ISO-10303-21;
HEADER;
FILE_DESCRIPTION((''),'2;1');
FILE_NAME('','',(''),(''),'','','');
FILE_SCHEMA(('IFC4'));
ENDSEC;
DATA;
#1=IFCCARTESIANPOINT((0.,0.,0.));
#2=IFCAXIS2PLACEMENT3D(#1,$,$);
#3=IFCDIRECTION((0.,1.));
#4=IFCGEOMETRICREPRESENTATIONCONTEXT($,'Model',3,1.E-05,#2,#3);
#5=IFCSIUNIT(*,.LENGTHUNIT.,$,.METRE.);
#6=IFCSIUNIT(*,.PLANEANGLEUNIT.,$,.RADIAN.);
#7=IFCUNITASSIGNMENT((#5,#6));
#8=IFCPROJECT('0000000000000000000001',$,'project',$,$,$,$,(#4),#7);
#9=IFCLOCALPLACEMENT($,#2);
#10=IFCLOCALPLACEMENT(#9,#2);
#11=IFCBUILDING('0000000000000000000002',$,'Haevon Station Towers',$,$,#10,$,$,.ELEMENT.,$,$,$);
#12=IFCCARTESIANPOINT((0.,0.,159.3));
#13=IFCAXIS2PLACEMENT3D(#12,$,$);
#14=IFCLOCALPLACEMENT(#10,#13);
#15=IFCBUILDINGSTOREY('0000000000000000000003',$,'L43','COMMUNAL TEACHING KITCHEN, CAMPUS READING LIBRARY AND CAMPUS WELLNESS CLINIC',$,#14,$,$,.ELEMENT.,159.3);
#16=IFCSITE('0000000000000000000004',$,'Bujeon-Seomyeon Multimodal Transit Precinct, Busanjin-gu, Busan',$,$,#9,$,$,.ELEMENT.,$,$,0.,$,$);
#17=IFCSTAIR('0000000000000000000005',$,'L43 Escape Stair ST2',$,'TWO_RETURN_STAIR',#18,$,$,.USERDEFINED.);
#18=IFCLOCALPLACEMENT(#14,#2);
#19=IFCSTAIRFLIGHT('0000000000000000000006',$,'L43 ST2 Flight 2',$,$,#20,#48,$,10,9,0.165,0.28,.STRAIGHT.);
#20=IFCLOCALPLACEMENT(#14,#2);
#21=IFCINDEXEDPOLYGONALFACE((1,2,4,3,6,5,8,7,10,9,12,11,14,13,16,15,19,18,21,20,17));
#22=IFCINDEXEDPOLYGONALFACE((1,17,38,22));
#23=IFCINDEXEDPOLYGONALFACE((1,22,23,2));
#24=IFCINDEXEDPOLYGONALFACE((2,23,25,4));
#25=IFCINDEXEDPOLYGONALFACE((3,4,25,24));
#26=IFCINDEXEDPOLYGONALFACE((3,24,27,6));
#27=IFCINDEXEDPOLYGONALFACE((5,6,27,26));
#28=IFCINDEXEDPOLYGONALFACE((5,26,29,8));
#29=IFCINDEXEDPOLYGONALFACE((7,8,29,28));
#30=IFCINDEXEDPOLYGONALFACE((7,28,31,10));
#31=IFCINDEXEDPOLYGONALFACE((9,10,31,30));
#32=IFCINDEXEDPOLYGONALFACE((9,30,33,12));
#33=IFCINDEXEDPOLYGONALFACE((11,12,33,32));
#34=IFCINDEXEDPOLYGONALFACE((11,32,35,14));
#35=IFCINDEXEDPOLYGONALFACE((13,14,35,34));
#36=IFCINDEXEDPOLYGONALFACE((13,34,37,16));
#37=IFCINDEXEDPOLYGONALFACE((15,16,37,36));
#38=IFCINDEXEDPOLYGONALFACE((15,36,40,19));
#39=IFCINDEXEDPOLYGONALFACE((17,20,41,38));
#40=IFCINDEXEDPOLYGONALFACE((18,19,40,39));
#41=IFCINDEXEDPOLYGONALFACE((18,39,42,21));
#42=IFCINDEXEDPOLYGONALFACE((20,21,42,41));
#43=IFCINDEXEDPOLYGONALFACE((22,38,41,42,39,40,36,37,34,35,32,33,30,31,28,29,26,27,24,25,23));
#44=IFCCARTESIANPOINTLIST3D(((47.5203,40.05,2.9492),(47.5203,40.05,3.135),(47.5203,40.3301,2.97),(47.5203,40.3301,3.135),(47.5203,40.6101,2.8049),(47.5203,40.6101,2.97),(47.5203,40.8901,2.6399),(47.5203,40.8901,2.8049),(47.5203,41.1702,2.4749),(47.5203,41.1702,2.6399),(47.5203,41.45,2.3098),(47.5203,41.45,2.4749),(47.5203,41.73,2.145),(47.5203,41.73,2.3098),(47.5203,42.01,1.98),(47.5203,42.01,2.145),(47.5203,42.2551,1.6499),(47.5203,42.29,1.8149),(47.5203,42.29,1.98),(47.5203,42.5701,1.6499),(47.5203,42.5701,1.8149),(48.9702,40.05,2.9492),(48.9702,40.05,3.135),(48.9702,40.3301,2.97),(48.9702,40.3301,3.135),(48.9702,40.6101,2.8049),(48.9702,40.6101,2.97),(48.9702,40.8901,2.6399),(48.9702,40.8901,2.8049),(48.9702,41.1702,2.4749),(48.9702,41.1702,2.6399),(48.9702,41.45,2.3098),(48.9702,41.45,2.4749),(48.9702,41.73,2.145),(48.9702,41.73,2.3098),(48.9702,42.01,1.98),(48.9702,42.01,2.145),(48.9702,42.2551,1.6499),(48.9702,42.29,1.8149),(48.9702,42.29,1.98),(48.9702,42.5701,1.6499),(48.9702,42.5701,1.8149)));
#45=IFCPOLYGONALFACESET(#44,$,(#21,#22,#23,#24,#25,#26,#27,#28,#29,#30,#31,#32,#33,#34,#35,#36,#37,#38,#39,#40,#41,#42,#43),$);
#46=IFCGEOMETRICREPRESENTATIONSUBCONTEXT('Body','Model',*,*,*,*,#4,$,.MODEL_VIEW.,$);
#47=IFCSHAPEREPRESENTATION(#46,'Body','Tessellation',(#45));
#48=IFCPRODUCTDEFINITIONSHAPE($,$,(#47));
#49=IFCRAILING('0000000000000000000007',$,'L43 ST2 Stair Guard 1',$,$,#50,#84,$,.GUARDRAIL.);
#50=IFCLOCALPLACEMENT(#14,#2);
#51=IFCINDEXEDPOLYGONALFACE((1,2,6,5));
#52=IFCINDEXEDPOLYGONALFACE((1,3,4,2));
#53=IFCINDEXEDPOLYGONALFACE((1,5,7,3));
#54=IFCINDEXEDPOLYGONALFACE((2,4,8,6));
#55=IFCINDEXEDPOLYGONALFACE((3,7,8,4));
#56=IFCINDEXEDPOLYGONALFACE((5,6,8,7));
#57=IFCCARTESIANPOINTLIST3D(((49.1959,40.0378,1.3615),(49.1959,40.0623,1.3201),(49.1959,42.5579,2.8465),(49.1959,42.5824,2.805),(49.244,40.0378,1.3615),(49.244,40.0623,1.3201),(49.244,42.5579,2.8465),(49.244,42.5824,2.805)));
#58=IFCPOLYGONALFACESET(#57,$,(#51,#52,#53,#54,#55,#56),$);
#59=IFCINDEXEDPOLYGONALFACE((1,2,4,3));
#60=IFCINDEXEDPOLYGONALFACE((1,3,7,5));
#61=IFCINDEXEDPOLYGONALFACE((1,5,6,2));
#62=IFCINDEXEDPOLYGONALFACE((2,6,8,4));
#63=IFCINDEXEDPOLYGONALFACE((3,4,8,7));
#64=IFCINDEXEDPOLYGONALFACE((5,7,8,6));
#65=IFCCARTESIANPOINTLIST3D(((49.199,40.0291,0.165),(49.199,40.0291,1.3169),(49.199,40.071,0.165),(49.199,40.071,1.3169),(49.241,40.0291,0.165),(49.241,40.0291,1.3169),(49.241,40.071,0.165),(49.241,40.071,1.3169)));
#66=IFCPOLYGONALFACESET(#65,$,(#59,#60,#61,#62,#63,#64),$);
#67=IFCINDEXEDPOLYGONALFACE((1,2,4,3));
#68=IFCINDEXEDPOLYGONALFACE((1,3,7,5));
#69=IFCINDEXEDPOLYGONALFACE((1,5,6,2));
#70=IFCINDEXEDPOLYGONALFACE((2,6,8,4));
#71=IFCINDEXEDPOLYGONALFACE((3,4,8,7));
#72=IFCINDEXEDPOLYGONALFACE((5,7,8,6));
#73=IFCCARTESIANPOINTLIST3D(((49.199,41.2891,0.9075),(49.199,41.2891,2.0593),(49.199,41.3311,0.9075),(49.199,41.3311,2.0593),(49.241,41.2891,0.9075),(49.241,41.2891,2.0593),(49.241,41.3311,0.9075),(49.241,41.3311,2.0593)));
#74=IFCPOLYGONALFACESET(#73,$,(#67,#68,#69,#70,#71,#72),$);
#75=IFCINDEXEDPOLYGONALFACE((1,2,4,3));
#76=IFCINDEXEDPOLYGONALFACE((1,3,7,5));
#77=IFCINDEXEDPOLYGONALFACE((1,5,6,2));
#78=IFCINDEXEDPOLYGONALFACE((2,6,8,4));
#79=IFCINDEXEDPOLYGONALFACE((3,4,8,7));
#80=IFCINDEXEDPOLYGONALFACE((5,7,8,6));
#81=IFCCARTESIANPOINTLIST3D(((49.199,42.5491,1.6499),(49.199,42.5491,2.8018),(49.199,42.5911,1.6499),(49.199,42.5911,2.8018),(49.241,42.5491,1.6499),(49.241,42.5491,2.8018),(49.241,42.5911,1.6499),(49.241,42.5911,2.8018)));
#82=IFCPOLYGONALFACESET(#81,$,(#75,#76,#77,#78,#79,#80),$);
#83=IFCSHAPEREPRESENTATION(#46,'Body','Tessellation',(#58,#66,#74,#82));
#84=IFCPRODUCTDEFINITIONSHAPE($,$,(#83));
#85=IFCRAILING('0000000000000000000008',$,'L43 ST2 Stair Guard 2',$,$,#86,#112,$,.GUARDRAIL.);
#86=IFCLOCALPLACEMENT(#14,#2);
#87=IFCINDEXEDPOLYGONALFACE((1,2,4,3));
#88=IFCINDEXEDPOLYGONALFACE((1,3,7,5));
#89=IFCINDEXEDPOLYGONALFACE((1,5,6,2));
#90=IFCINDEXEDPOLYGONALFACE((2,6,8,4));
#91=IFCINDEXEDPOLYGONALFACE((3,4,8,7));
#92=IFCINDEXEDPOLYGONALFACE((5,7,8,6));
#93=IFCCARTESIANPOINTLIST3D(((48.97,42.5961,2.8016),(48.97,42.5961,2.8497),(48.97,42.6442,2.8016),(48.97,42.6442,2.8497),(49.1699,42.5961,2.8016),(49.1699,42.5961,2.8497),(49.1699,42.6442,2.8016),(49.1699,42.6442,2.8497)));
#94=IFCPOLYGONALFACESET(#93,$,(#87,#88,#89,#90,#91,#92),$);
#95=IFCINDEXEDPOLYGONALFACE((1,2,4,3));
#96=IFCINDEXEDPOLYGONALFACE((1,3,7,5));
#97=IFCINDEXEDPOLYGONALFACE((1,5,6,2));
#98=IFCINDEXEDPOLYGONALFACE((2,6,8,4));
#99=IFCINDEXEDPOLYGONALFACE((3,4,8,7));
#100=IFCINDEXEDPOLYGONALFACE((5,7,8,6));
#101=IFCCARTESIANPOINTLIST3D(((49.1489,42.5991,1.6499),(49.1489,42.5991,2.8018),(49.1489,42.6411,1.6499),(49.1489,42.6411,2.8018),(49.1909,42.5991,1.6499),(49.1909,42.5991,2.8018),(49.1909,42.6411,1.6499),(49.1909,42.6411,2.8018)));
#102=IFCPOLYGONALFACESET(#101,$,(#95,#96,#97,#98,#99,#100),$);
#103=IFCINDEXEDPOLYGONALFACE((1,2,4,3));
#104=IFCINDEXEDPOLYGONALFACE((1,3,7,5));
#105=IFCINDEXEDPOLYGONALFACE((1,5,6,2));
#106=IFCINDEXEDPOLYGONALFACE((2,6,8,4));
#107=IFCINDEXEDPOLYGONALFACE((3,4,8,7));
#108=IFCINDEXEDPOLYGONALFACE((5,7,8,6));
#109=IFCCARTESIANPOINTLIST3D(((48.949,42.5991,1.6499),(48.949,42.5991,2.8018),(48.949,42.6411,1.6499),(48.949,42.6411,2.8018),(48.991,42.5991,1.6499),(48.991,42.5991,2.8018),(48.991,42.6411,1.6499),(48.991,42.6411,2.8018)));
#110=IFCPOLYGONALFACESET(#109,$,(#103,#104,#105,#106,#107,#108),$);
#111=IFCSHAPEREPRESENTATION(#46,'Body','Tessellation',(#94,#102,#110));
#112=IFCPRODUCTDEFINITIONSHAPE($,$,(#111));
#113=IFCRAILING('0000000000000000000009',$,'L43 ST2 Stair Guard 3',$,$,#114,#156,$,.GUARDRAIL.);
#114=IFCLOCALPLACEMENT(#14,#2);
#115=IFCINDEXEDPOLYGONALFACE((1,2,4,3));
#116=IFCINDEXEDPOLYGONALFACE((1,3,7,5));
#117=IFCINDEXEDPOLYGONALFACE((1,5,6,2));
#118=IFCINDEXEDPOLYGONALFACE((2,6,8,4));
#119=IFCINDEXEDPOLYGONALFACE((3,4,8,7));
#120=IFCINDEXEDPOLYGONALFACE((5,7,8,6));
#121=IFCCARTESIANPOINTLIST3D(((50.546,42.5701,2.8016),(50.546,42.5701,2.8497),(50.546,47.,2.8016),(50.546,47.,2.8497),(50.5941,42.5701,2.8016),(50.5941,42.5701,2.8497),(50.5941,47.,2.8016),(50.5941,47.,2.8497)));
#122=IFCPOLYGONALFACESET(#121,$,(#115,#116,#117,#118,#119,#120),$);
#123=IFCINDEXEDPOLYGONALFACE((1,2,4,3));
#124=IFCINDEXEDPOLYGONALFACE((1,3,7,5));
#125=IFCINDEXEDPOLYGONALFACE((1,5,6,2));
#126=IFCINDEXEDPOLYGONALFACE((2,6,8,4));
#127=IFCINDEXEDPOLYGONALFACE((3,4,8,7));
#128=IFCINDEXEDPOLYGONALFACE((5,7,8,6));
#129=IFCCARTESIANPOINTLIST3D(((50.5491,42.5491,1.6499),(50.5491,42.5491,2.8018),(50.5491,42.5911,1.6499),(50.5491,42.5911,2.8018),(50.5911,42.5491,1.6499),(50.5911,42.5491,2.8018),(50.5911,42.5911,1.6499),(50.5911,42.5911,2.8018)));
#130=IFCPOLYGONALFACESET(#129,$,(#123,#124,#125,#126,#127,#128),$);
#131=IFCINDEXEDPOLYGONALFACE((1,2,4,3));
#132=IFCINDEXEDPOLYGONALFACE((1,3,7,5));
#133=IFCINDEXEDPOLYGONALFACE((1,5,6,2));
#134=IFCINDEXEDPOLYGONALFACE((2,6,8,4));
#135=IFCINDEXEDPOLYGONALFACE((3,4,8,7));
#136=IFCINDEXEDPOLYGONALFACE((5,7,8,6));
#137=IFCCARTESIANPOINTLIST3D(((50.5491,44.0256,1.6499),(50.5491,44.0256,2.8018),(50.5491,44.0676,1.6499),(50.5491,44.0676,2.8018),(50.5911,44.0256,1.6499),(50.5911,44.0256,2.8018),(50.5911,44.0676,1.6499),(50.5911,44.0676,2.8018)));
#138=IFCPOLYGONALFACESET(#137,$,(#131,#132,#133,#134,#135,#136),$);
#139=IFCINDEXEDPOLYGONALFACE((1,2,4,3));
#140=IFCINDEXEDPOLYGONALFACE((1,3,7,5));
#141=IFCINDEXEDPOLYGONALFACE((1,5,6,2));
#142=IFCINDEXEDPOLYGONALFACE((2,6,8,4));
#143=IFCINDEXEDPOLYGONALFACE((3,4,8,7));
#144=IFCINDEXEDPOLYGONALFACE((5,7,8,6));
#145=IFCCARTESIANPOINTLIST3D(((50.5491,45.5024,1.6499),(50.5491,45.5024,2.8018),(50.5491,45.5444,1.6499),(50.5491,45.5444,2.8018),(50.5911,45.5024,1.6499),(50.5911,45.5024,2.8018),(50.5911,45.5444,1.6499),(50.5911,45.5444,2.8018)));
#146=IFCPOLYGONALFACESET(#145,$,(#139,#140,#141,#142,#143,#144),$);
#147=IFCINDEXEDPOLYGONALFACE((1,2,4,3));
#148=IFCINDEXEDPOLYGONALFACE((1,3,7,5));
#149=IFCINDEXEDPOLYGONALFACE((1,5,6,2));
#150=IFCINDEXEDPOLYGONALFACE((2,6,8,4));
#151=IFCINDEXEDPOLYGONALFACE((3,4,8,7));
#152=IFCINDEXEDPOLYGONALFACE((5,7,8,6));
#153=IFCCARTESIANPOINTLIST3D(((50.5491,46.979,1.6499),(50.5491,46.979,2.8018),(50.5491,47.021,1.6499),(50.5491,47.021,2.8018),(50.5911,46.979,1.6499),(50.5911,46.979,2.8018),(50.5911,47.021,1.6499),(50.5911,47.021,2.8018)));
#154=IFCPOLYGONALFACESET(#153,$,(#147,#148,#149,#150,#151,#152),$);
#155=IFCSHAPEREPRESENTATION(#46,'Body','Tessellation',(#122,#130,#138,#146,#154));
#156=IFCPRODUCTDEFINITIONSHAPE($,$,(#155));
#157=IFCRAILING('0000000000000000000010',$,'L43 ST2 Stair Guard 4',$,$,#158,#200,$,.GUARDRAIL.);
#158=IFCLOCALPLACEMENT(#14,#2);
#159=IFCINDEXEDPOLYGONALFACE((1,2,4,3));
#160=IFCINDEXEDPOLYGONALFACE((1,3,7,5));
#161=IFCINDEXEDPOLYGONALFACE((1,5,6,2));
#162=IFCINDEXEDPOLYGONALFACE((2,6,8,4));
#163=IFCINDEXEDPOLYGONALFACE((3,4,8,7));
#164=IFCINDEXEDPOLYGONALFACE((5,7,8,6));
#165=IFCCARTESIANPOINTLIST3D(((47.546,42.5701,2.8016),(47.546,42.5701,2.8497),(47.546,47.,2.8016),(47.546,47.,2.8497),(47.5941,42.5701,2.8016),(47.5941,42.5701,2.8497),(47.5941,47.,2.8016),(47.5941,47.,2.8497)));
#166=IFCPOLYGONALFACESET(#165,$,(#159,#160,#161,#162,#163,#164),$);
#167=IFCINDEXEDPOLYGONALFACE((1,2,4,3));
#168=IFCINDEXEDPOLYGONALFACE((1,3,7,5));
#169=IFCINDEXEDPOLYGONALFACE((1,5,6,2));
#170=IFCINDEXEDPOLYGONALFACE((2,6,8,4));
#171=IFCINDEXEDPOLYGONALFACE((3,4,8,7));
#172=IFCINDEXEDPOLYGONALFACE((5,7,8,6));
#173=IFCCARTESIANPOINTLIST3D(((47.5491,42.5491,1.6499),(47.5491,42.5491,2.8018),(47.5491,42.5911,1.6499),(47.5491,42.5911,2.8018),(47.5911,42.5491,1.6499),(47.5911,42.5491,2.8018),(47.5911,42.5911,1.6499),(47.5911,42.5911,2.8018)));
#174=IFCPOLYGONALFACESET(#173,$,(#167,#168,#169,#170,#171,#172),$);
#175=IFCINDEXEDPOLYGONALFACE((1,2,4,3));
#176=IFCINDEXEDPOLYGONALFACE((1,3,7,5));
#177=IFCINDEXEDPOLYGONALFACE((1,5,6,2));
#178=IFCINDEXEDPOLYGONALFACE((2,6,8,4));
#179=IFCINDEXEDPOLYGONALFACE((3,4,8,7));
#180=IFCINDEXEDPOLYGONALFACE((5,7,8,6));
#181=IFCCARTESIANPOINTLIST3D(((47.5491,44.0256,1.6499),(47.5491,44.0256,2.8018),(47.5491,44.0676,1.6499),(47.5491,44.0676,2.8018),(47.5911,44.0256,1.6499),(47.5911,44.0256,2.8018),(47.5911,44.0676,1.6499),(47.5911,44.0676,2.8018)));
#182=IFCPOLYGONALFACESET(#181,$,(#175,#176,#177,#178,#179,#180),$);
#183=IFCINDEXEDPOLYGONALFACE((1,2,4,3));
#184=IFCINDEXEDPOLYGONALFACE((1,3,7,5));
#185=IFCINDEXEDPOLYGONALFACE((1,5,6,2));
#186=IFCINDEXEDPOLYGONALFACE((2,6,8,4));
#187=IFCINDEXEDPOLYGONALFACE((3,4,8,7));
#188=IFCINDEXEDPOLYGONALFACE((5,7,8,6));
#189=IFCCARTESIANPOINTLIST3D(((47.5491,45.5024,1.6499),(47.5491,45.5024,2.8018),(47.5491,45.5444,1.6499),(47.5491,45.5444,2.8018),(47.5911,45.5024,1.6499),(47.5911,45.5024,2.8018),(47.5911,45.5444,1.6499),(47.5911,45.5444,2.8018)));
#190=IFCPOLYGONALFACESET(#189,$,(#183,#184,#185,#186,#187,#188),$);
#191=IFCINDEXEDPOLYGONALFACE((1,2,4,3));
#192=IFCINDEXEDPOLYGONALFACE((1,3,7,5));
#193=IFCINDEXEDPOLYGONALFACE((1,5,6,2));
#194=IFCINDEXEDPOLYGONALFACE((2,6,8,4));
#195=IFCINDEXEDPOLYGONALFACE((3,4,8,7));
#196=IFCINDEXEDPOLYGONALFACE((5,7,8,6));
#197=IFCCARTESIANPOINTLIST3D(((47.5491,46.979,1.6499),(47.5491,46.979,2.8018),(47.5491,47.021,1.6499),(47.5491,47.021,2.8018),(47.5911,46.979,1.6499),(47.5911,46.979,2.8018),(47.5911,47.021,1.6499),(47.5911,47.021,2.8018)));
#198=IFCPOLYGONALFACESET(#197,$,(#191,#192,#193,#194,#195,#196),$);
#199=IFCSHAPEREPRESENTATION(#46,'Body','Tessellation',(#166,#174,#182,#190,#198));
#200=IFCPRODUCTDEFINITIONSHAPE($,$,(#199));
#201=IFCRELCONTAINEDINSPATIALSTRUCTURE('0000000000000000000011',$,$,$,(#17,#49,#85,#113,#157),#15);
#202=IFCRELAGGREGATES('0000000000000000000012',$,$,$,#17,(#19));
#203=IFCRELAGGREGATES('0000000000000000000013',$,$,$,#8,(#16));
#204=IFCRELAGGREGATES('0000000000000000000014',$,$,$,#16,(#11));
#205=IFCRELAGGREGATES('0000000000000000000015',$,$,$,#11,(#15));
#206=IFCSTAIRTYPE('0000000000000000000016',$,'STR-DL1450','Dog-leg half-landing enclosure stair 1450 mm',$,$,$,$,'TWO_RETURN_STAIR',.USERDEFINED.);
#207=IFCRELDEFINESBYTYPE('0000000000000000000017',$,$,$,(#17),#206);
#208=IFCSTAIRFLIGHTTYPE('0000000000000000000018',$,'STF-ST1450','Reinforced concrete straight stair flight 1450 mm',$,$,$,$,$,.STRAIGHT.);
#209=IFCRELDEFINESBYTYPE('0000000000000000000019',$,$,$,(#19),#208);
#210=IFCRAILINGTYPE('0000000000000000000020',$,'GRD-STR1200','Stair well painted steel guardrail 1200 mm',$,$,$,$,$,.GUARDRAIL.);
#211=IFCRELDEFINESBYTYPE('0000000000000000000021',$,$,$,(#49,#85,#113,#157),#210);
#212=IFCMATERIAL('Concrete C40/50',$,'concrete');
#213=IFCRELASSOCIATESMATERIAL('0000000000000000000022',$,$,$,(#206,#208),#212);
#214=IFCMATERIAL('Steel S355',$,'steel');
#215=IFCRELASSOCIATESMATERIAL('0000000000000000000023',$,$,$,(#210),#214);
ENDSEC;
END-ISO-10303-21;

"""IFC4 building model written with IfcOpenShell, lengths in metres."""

from ifc_helpers import new_model, si_unit, direction, frame, origin, origin_2d, place, context, subcontext, project, spatial, polyline, rectangle, outline, extrude, material, type_object, element, aggregate, save


model = new_model("IFC4")

# Units and contexts
model_context = context("Model", 3, precision=1e-05, world=origin(), true_north=direction((0.0, 1.0)))
body_context = subcontext(model_context, "Body", "Model", "MODEL_VIEW")
ifc_project = project(units=[si_unit("LENGTHUNIT", "METRE"), si_unit("PLANEANGLEUNIT", "RADIAN")], contexts=[model_context])

# Site, building, storey
site_placement = place(None, origin())
site = spatial("IfcSite", under=ifc_project, at=site_placement, Name="Bujeon-Seomyeon Multimodal Transit Precinct, Busanjin-gu, Busan", CompositionType="ELEMENT", RefElevation=0.0)
building_placement = place(site_placement, origin())
building = spatial("IfcBuilding", under=site, at=building_placement, Name="Haevon Station Towers", CompositionType="ELEMENT")
storey_placement = place(building_placement, frame((0.0, 0.0, 159.3)))
storey = spatial("IfcBuildingStorey", under=building, at=storey_placement, Name="L43", Description="COMMUNAL TEACHING KITCHEN, CAMPUS READING LIBRARY AND CAMPUS WELLNESS CLINIC", CompositionType="ELEMENT", Elevation=159.3)

# Shared definitions
ifc_material_1 = material(Name="Steel S355", Category="steel")

# Shared definitions
ifc_material_2 = material(Name="Concrete C40/50", Category="concrete")

# Stair, stair flight
stair_type = type_object("IfcStairType", Name="STR-DL1450", Description="Dog-leg half-landing enclosure stair 1450 mm", ElementType="TWO_RETURN_STAIR", PredefinedType="USERDEFINED", material=ifc_material_2)
stair_placement = place(storey_placement, origin())
stair = element("IfcStair", 1, at=stair_placement, inside=storey, type_object=stair_type, Name="L43 Escape Stair ST2", ObjectType="TWO_RETURN_STAIR", PredefinedType="USERDEFINED")
stair_flight_type = type_object("IfcStairFlightType", Name="STF-ST1450", Description="Reinforced concrete straight stair flight 1450 mm", PredefinedType="STRAIGHT", material=ifc_material_2)
stair_flight_1_placement = place(storey_placement, frame((48.2451, 42.5701, 1.6499), z_axis=(0.0, 0.0, 1.0), x_axis=(0.0, -1.0, 0.0)))
stair_flight_1 = element("IfcStairFlight", 2, at=stair_flight_1_placement, type_object=stair_flight_type, Name="L43 ST2 Flight 2", NumberOfRisers=10, NumberOfTreads=9, PredefinedType="STRAIGHT", RiserHeight=0.165, TreadLength=0.28, context=body_context, shape_type="SweptSolid", body=[
    extrude(outline(polyline([(0.0, 0.0), (0.0, 0.165), (0.28, 0.165), (0.28, 0.3301), (0.5601, 0.3301), (0.5601, 0.4951), (0.8401, 0.4951), (0.8401, 0.6599), (1.1201, 0.6599), (1.1201, 0.825), (1.3999, 0.825), (1.3999, 0.99), (1.6799, 0.99), (1.6799, 1.155), (1.96, 1.155), (1.96, 1.3201), (2.24, 1.3201), (2.24, 1.4851), (2.52, 1.4851), (2.52, 1.6499), (2.52, 1.2993), (0.3149, 0.0), (0.0, 0.0)])), frame((0.0, 0.7251, 0.0), z_axis=(0.0, -1.0, 0.0), x_axis=(1.0, 0.0, 0.0)), (0.0, 0.0, 1.0), 1.45),
])
aggregate(stair, [stair_flight_1])

# Railings
railing_type_1 = type_object("IfcRailingType", Name="GRD-STR1200", Description="Stair well painted steel guardrail 1200 mm", PredefinedType="GUARDRAIL", material=ifc_material_1)
railing_1_placement = place(storey_placement, frame((49.22, 40.05, 0.165)))
element("IfcRailing", 3, at=railing_1_placement, inside=storey, type_object=railing_type_1, Name="L43 ST2 Stair Guard 1", PredefinedType="GUARDRAIL", context=body_context, shape_type="SweptSolid", body=[
    extrude(rectangle(XDim=0.0481, YDim=0.0481, at=origin_2d()), frame((0.0, 0.0, 1.1758), z_axis=(0.0, 0.861561, 0.507655), x_axis=(-1.0, 0.0, 0.0)), (0.0, 0.0, 1.0), 2.925),
    extrude(rectangle(XDim=0.042, YDim=0.042, at=origin_2d()), origin(), (0.0, 0.0, 1.0), 1.1519),
    extrude(rectangle(XDim=0.042, YDim=0.042, at=origin_2d()), frame((0.0, 1.26, 0.7424)), (0.0, 0.0, 1.0), 1.1519),
    extrude(rectangle(XDim=0.042, YDim=0.042, at=origin_2d()), frame((0.0, 2.52, 1.4849)), (0.0, 0.0, 1.0), 1.1519),
])
railing_2_placement = place(storey_placement, frame((49.1699, 42.6201, 1.6499)))
element("IfcRailing", 4, at=railing_2_placement, inside=storey, type_object=railing_type_1, Name="L43 ST2 Stair Guard 2", PredefinedType="GUARDRAIL", context=body_context, shape_type="SweptSolid", body=[
    extrude(rectangle(XDim=0.0481, YDim=0.0481, at=origin_2d()), frame((0.0, 0.0, 1.1758), z_axis=(-1.0, 0.0, 0.0), x_axis=(0.0, -1.0, 0.0)), (0.0, 0.0, 1.0), 0.2),
    extrude(rectangle(XDim=0.042, YDim=0.042, at=origin_2d()), origin(), (0.0, 0.0, 1.0), 1.1519),
    extrude(rectangle(XDim=0.042, YDim=0.042, at=origin_2d()), frame((-0.2, 0.0, 0.0)), (0.0, 0.0, 1.0), 1.1519),
])
for number, where, name in (
    (5, (50.5701, 42.5701, 1.6499), "L43 ST2 Stair Guard 3"),
    (6, (47.5701, 42.5701, 1.6499), "L43 ST2 Stair Guard 4"),
):
    element("IfcRailing", number, at=place(storey_placement, frame(where)), inside=storey, type_object=railing_type_1, Name=name, PredefinedType="GUARDRAIL", context=body_context, shape_type="SweptSolid", body=[
        extrude(rectangle(XDim=0.0481, YDim=0.0481, at=origin_2d()), frame((0.0, 0.0, 1.1758), z_axis=(0.0, 1.0, 0.0), x_axis=(-1.0, 0.0, 0.0)), (0.0, 0.0, 1.0), 4.4299),
        extrude(rectangle(XDim=0.042, YDim=0.042, at=origin_2d()), origin(), (0.0, 0.0, 1.0), 1.1519),
        extrude(rectangle(XDim=0.042, YDim=0.042, at=origin_2d()), frame((0.0, 1.4766, 0.0)), (0.0, 0.0, 1.0), 1.1519),
        extrude(rectangle(XDim=0.042, YDim=0.042, at=origin_2d()), frame((0.0, 2.9534, 0.0)), (0.0, 0.0, 1.0), 1.1519),
        extrude(rectangle(XDim=0.042, YDim=0.042, at=origin_2d()), frame((0.0, 4.4299, 0.0)), (0.0, 0.0, 1.0), 1.1519),
    ])

save(model, "model.ifc")
